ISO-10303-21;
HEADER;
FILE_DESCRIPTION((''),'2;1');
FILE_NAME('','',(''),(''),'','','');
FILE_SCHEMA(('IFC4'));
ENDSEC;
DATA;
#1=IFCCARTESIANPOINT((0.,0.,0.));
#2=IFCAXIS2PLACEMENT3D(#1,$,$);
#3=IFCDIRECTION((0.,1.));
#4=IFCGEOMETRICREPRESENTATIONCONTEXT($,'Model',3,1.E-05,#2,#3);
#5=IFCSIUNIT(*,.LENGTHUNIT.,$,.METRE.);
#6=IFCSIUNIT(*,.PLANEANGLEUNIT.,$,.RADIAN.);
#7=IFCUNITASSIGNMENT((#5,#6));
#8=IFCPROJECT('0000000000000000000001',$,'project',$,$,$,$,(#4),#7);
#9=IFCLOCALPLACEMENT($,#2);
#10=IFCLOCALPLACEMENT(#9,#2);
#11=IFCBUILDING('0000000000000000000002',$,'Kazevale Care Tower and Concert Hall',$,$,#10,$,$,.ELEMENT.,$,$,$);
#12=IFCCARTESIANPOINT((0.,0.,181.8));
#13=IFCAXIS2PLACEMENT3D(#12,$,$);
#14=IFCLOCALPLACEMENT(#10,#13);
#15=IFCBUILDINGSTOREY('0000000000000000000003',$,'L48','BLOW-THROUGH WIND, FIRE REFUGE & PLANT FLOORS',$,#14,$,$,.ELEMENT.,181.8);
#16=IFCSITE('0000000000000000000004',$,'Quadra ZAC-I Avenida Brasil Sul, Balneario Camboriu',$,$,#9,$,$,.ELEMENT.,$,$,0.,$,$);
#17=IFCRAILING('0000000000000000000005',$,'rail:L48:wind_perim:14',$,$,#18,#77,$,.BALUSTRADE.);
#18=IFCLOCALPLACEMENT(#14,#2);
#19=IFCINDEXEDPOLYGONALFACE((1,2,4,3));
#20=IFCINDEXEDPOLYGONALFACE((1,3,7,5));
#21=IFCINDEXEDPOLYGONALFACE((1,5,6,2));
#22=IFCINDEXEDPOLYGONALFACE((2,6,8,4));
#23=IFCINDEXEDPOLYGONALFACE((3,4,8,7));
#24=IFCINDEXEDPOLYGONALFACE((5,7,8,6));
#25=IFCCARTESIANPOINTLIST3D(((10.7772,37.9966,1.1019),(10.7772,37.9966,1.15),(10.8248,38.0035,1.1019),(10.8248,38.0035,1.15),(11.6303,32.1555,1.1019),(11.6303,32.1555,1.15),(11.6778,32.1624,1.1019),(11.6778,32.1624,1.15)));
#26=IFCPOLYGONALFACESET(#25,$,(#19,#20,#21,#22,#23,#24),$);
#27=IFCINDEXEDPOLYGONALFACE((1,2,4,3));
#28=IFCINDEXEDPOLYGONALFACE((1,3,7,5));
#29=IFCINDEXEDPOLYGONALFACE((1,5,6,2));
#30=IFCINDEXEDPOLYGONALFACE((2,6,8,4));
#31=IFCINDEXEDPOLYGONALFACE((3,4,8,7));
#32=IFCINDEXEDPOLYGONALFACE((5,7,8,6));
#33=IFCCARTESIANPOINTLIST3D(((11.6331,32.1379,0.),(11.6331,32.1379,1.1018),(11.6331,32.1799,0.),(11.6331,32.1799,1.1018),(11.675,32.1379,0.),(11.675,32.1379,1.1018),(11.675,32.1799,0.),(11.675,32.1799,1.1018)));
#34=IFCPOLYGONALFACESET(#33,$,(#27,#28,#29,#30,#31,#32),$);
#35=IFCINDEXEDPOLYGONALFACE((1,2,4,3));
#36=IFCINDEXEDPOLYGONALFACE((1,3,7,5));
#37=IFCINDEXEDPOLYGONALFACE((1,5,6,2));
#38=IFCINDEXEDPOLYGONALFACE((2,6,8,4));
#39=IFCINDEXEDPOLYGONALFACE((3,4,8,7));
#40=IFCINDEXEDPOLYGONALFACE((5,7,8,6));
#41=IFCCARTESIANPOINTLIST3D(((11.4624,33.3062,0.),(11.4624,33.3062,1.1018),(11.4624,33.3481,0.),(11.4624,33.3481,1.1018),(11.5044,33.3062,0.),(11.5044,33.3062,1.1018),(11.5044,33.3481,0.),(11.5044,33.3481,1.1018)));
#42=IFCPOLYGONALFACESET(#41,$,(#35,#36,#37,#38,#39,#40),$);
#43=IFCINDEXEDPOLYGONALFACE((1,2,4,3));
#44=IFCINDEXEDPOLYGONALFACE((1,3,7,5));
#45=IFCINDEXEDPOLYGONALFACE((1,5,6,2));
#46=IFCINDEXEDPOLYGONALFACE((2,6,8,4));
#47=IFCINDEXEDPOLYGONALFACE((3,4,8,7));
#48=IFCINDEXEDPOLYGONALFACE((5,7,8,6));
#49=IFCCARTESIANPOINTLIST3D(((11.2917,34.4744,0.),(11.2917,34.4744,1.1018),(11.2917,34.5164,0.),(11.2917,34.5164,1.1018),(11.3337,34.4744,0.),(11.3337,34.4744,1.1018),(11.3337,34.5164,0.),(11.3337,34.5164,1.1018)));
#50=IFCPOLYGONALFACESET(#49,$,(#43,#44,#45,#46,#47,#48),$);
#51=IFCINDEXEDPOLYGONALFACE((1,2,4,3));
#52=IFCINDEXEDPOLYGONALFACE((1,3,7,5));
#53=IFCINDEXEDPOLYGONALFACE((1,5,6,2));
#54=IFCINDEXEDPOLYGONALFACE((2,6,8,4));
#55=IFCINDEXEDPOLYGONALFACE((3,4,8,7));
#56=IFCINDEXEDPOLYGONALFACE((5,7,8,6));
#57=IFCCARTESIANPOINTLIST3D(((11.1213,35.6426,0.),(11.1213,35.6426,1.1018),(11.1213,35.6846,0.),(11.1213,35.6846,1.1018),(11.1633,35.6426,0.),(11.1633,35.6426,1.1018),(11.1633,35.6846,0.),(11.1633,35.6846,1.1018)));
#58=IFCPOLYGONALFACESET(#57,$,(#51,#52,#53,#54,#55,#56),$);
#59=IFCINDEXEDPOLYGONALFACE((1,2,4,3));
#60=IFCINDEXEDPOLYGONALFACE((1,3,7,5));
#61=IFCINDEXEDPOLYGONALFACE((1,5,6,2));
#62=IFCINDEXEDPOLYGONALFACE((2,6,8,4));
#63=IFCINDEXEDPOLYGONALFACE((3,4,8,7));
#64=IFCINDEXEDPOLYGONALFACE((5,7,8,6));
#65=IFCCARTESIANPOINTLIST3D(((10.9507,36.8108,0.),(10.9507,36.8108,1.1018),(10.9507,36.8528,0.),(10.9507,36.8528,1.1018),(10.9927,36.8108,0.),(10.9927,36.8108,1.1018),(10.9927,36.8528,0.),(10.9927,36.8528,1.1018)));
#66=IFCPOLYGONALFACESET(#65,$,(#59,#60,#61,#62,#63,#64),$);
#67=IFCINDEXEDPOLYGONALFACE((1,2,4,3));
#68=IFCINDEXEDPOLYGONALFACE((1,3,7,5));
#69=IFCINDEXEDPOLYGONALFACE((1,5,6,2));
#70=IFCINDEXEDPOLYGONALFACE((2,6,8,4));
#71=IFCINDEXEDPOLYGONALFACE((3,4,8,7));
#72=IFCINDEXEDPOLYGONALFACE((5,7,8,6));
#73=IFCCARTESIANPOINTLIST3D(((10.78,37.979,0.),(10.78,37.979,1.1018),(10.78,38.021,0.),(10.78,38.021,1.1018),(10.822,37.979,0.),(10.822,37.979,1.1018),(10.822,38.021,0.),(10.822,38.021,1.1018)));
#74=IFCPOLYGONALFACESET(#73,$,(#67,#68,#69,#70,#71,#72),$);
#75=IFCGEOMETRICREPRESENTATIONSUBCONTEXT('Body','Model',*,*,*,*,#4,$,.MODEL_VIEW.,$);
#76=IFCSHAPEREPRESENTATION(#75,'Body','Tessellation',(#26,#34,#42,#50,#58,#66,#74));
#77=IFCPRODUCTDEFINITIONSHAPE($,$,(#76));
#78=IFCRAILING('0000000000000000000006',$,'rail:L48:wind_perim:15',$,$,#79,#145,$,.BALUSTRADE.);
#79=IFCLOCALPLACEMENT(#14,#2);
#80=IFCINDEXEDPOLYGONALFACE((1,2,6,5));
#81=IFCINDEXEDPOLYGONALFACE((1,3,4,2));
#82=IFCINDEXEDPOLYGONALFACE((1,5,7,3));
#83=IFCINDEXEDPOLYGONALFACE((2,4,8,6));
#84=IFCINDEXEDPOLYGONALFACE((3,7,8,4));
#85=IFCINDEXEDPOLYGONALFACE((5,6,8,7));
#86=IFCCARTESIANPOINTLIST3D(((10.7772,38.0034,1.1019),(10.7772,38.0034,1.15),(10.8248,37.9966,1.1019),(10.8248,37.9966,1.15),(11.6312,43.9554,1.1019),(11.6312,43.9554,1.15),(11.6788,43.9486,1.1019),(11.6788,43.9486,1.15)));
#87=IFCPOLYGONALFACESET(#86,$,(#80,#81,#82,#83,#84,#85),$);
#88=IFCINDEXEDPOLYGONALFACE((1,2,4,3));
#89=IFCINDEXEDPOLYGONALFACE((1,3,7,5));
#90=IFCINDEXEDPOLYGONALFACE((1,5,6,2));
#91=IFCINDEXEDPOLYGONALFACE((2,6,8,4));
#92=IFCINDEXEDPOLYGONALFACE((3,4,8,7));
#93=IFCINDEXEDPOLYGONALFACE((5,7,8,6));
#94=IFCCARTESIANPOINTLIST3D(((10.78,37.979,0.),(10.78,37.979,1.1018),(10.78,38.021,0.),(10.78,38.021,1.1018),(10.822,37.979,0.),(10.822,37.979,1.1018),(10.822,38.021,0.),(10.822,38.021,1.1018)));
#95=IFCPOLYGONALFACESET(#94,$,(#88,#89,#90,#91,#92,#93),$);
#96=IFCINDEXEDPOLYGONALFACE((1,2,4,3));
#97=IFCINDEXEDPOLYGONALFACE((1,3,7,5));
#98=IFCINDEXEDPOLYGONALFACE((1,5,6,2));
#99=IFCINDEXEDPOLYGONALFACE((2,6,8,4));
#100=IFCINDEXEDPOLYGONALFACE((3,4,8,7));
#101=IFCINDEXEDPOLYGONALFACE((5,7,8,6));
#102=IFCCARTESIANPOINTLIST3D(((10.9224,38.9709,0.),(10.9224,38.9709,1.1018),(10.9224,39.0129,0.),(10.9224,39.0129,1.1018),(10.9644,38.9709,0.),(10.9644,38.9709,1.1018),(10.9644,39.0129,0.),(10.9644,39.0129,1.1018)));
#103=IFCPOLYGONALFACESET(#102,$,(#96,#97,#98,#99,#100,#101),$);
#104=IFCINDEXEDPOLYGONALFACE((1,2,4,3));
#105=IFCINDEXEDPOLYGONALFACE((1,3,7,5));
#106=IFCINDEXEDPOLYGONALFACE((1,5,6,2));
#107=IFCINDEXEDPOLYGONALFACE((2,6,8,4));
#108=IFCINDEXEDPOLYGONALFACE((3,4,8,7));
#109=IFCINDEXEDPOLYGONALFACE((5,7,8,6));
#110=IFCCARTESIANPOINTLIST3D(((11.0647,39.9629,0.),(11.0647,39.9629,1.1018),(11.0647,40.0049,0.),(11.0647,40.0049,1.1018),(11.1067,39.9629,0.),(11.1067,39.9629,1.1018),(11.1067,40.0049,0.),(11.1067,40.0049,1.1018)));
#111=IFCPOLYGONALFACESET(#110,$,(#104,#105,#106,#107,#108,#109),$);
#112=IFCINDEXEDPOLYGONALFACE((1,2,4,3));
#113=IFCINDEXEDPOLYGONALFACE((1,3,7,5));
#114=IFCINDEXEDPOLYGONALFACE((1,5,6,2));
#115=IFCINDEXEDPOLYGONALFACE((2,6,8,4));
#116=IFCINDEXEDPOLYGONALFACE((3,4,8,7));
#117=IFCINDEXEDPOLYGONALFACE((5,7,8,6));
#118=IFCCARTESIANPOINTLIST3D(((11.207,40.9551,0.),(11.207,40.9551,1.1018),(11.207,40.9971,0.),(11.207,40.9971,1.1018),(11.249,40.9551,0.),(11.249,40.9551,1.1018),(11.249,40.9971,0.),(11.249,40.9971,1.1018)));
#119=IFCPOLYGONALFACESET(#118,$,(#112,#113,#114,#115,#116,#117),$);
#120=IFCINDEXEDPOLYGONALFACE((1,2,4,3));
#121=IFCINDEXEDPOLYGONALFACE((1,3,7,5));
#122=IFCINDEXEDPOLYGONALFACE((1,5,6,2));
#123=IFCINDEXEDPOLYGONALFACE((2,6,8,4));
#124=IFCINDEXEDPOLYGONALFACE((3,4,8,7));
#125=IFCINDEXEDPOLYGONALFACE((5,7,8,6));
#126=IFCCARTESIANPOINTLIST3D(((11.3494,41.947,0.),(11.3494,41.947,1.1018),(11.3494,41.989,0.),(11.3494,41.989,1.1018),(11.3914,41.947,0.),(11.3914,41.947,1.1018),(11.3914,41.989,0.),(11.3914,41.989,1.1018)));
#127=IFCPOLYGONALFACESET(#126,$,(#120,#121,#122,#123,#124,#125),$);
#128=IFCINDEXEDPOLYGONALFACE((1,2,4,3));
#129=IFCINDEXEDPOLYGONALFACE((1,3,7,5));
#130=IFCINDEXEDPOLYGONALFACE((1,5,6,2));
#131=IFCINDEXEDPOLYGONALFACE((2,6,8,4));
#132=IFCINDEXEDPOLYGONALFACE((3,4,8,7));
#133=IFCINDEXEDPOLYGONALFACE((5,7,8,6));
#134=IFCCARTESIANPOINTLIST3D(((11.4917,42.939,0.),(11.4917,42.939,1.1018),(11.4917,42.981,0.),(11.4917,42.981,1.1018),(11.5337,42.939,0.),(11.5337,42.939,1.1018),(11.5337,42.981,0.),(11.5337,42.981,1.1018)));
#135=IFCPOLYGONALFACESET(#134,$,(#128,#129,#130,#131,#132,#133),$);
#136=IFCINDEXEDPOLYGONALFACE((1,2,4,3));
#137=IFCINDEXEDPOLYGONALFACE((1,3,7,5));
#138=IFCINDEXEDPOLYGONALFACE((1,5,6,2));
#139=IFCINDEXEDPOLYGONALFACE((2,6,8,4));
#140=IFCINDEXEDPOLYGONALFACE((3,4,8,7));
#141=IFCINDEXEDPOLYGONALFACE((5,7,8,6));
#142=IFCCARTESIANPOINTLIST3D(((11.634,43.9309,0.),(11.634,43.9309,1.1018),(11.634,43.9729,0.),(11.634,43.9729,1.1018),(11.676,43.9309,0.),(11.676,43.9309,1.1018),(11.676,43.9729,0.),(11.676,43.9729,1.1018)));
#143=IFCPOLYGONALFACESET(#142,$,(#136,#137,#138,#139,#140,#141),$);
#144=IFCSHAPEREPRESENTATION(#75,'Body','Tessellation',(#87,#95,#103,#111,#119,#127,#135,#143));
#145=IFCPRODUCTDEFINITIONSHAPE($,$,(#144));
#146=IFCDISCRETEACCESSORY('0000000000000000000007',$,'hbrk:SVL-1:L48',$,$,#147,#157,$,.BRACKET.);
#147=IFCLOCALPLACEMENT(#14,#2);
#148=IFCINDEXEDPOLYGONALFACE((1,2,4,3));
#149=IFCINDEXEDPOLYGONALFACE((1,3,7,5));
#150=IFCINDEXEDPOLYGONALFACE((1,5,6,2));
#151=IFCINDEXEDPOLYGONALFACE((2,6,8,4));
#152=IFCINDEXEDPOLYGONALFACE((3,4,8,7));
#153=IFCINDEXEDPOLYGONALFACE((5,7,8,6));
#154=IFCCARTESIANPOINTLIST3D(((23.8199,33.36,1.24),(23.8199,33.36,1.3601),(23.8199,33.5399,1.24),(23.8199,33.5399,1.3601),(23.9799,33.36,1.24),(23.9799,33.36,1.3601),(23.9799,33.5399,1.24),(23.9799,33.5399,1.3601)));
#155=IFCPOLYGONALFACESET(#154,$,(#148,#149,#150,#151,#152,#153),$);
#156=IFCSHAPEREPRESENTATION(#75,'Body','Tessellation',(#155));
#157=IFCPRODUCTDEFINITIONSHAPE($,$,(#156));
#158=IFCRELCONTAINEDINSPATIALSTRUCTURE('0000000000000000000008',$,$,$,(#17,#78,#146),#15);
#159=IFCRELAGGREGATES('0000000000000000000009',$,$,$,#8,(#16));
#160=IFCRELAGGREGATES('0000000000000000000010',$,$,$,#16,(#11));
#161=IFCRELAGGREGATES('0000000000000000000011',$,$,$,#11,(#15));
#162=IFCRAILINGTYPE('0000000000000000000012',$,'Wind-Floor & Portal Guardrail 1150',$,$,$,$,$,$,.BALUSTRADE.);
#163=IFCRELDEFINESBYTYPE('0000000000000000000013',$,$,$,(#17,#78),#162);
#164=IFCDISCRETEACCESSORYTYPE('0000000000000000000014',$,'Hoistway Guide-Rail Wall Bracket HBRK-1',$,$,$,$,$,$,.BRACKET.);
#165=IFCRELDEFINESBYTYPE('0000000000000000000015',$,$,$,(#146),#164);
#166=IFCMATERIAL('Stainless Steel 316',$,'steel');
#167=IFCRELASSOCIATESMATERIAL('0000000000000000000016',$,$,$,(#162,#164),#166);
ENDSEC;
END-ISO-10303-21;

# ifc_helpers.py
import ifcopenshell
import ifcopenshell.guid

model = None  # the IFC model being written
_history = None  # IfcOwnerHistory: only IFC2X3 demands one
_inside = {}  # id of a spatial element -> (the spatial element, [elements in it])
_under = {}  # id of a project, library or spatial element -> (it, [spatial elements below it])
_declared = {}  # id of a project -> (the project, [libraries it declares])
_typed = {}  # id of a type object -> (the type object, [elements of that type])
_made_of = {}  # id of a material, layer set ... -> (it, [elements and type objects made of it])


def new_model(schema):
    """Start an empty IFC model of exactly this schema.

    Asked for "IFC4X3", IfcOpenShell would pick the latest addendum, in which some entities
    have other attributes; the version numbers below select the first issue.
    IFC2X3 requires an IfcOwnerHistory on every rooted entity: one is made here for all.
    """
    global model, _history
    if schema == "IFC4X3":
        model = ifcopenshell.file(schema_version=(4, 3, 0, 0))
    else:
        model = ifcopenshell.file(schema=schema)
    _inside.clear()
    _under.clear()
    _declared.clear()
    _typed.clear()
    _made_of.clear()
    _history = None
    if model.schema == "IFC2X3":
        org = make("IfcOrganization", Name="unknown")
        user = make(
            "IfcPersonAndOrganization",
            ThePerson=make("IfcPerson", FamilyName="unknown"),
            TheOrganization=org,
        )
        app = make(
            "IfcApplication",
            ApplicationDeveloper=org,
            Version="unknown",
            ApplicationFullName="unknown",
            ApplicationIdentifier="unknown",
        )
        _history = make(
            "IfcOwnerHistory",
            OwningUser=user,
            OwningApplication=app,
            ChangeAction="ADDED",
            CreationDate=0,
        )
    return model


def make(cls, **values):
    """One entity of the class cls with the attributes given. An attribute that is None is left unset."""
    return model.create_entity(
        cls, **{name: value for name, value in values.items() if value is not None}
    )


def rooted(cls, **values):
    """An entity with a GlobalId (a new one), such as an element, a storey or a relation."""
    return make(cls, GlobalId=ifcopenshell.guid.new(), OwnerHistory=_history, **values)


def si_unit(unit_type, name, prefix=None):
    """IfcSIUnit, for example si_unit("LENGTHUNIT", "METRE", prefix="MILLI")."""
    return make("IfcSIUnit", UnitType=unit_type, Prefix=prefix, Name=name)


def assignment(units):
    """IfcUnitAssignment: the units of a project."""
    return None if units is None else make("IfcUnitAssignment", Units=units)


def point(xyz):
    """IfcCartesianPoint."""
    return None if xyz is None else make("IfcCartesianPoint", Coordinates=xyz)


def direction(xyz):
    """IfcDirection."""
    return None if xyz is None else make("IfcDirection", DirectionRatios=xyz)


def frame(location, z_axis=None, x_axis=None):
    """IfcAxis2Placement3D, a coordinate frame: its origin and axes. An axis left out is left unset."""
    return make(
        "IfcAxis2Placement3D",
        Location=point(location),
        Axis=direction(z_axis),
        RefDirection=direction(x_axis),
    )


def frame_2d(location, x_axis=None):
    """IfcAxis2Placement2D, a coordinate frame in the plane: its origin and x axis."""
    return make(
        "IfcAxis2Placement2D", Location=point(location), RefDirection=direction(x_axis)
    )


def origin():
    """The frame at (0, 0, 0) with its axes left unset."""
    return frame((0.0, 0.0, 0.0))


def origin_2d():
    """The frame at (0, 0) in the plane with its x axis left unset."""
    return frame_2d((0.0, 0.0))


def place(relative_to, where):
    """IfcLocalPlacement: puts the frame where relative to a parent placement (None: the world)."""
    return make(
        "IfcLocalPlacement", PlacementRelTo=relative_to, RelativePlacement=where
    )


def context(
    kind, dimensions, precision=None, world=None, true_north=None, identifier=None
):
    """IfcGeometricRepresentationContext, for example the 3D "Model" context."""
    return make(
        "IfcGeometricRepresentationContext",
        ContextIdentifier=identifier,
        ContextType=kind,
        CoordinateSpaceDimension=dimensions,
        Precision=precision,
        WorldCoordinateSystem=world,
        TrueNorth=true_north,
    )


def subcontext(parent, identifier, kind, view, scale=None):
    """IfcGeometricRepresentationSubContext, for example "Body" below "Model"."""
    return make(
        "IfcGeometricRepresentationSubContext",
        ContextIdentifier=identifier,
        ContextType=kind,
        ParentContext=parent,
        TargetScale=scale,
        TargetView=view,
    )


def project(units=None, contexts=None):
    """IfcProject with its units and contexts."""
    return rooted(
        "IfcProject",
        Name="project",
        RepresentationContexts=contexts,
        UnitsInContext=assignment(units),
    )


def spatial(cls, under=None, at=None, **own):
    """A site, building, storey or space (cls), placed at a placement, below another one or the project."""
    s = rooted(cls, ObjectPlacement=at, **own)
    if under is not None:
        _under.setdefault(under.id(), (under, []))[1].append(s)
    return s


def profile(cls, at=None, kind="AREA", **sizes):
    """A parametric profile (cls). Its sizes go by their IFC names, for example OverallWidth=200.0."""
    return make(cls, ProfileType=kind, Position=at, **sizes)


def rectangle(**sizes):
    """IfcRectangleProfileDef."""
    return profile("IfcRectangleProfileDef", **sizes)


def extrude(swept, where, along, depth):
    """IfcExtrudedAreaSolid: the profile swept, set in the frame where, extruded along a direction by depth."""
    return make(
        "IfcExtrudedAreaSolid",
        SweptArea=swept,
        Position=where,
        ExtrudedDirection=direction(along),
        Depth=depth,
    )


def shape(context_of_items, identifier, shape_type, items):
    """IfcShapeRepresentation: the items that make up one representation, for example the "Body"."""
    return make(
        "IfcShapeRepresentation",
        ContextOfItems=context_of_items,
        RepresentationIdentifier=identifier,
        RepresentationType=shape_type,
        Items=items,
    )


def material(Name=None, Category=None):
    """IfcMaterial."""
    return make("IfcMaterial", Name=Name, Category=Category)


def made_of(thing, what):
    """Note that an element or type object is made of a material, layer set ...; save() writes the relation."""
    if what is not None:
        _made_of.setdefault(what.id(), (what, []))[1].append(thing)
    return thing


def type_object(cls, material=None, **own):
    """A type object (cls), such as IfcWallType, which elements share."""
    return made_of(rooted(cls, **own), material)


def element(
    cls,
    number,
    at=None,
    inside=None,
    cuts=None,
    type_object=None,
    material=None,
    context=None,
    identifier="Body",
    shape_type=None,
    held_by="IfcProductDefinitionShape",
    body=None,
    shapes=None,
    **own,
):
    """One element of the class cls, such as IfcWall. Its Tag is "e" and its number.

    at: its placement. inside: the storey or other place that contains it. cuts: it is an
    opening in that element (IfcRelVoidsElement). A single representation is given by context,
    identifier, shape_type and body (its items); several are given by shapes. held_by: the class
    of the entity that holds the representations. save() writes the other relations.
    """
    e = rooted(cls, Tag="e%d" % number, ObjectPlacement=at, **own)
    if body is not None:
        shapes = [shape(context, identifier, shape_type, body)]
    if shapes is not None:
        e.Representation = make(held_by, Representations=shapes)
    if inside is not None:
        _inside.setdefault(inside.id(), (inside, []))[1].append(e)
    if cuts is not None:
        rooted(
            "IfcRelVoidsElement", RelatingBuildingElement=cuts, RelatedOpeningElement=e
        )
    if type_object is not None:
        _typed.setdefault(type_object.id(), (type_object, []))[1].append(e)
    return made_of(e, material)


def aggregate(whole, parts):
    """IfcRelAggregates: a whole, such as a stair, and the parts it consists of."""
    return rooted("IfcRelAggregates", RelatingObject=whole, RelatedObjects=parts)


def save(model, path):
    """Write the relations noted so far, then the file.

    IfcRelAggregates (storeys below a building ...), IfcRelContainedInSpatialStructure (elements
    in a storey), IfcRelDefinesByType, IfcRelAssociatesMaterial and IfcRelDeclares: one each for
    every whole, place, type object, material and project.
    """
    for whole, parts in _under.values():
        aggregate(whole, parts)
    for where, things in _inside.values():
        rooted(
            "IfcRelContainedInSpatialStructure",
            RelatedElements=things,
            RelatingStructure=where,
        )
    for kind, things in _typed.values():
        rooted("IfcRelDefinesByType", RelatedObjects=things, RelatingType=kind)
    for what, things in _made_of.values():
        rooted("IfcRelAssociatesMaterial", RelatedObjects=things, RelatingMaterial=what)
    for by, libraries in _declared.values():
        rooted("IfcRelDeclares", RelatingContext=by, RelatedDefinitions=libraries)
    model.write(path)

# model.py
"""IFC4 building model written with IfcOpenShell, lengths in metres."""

from ifc_helpers import new_model, si_unit, direction, frame, origin, origin_2d, place, context, subcontext, project, spatial, rectangle, extrude, material, type_object, element, save


model = new_model("IFC4")

# Units and contexts
model_context = context("Model", 3, precision=1e-05, world=origin(), true_north=direction((0.0, 1.0)))
body_context = subcontext(model_context, "Body", "Model", "MODEL_VIEW")
ifc_project = project(units=[si_unit("LENGTHUNIT", "METRE"), si_unit("PLANEANGLEUNIT", "RADIAN")], contexts=[model_context])

# Site, building, storey
site_placement = place(None, origin())
site = spatial("IfcSite", under=ifc_project, at=site_placement, Name="Quadra ZAC-I Avenida Brasil Sul, Balneario Camboriu", CompositionType="ELEMENT", RefElevation=0.0)
building_placement = place(site_placement, origin())
building = spatial("IfcBuilding", under=site, at=building_placement, Name="Kazevale Care Tower and Concert Hall", CompositionType="ELEMENT")
storey_placement = place(building_placement, frame((0.0, 0.0, 181.8)))
storey = spatial("IfcBuildingStorey", under=building, at=storey_placement, Name="L48", Description="BLOW-THROUGH WIND, FIRE REFUGE & PLANT FLOORS", CompositionType="ELEMENT", Elevation=181.8)

# Shared definitions
ifc_material_1 = material(Name="Stainless Steel 316", Category="steel")

# Railings
railing_type = type_object("IfcRailingType", Name="Wind-Floor & Portal Guardrail 1150", PredefinedType="BALUSTRADE", material=ifc_material_1)
railing_1_placement = place(storey_placement, frame((11.6541, 32.1589, 0.0)))
element("IfcRailing", 1, at=railing_1_placement, inside=storey, type_object=railing_type, Name="rail:L48:wind_perim:14", PredefinedType="BALUSTRADE", context=body_context, shape_type="SweptSolid", body=[
    extrude(rectangle(XDim=0.0481, YDim=0.0481, at=origin_2d()), frame((0.0, 0.0, 1.126), z_axis=(-0.144507, 0.989504, 0.0), x_axis=(-0.989504, -0.144507, 0.0)), (0.0, 0.0, 1.0), 5.9031),
    extrude(rectangle(XDim=0.042, YDim=0.042, at=origin_2d()), origin(), (0.0, 0.0, 1.0), 1.1018),
    extrude(rectangle(XDim=0.042, YDim=0.042, at=origin_2d()), frame((-0.1707, 1.1682, 0.0)), (0.0, 0.0, 1.0), 1.1018),
    extrude(rectangle(XDim=0.042, YDim=0.042, at=origin_2d()), frame((-0.3413, 2.3364, 0.0)), (0.0, 0.0, 1.0), 1.1018),
    extrude(rectangle(XDim=0.042, YDim=0.042, at=origin_2d()), frame((-0.5117, 3.5046, 0.0)), (0.0, 0.0, 1.0), 1.1018),
    extrude(rectangle(XDim=0.042, YDim=0.042, at=origin_2d()), frame((-0.6824, 4.6729, 0.0)), (0.0, 0.0, 1.0), 1.1018),
    extrude(rectangle(XDim=0.042, YDim=0.042, at=origin_2d()), frame((-0.853, 5.8411, 0.0)), (0.0, 0.0, 1.0), 1.1018),
])
railing_2_placement = place(storey_placement, frame((10.801, 38.0, 0.0)))
element("IfcRailing", 2, at=railing_2_placement, inside=storey, type_object=railing_type, Name="rail:L48:wind_perim:15", PredefinedType="BALUSTRADE", context=body_context, shape_type="SweptSolid", body=[
    extrude(rectangle(XDim=0.0481, YDim=0.0481, at=origin_2d()), frame((0.0, 0.0, 1.126), z_axis=(0.14203, 0.989862, 0.0), x_axis=(-0.989862, 0.14203, 0.0)), (0.0, 0.0, 1.0), 6.0129),
    extrude(rectangle(XDim=0.042, YDim=0.042, at=origin_2d()), origin(), (0.0, 0.0, 1.0), 1.1018),
    extrude(rectangle(XDim=0.042, YDim=0.042, at=origin_2d()), frame((0.1423, 0.9919, 0.0)), (0.0, 0.0, 1.0), 1.1018),
    extrude(rectangle(XDim=0.042, YDim=0.042, at=origin_2d()), frame((0.2847, 1.9839, 0.0)), (0.0, 0.0, 1.0), 1.1018),
    extrude(rectangle(XDim=0.042, YDim=0.042, at=origin_2d()), frame((0.427, 2.9761, 0.0)), (0.0, 0.0, 1.0), 1.1018),
    extrude(rectangle(XDim=0.042, YDim=0.042, at=origin_2d()), frame((0.5693, 3.968, 0.0)), (0.0, 0.0, 1.0), 1.1018),
    extrude(rectangle(XDim=0.042, YDim=0.042, at=origin_2d()), frame((0.7117, 4.96, 0.0)), (0.0, 0.0, 1.0), 1.1018),
    extrude(rectangle(XDim=0.042, YDim=0.042, at=origin_2d()), frame((0.854, 5.9519, 0.0)), (0.0, 0.0, 1.0), 1.1018),
])

# Discrete accessory
discrete_accessory_type = type_object("IfcDiscreteAccessoryType", Name="Hoistway Guide-Rail Wall Bracket HBRK-1", PredefinedType="BRACKET", material=ifc_material_1)
discrete_accessory_placement = place(storey_placement, frame((23.8999, 33.45, 1.24), z_axis=(0.0, 0.0, 1.0), x_axis=(1.0, 0.0, 0.0)))
element("IfcDiscreteAccessory", 3, at=discrete_accessory_placement, inside=storey, type_object=discrete_accessory_type, Name="hbrk:SVL-1:L48", PredefinedType="BRACKET", context=body_context, shape_type="SweptSolid", body=[
    extrude(rectangle(XDim=0.1599, YDim=0.1799, at=origin_2d()), origin(), (0.0, 0.0, 1.0), 0.1201),
])

save(model, "model.ifc")
